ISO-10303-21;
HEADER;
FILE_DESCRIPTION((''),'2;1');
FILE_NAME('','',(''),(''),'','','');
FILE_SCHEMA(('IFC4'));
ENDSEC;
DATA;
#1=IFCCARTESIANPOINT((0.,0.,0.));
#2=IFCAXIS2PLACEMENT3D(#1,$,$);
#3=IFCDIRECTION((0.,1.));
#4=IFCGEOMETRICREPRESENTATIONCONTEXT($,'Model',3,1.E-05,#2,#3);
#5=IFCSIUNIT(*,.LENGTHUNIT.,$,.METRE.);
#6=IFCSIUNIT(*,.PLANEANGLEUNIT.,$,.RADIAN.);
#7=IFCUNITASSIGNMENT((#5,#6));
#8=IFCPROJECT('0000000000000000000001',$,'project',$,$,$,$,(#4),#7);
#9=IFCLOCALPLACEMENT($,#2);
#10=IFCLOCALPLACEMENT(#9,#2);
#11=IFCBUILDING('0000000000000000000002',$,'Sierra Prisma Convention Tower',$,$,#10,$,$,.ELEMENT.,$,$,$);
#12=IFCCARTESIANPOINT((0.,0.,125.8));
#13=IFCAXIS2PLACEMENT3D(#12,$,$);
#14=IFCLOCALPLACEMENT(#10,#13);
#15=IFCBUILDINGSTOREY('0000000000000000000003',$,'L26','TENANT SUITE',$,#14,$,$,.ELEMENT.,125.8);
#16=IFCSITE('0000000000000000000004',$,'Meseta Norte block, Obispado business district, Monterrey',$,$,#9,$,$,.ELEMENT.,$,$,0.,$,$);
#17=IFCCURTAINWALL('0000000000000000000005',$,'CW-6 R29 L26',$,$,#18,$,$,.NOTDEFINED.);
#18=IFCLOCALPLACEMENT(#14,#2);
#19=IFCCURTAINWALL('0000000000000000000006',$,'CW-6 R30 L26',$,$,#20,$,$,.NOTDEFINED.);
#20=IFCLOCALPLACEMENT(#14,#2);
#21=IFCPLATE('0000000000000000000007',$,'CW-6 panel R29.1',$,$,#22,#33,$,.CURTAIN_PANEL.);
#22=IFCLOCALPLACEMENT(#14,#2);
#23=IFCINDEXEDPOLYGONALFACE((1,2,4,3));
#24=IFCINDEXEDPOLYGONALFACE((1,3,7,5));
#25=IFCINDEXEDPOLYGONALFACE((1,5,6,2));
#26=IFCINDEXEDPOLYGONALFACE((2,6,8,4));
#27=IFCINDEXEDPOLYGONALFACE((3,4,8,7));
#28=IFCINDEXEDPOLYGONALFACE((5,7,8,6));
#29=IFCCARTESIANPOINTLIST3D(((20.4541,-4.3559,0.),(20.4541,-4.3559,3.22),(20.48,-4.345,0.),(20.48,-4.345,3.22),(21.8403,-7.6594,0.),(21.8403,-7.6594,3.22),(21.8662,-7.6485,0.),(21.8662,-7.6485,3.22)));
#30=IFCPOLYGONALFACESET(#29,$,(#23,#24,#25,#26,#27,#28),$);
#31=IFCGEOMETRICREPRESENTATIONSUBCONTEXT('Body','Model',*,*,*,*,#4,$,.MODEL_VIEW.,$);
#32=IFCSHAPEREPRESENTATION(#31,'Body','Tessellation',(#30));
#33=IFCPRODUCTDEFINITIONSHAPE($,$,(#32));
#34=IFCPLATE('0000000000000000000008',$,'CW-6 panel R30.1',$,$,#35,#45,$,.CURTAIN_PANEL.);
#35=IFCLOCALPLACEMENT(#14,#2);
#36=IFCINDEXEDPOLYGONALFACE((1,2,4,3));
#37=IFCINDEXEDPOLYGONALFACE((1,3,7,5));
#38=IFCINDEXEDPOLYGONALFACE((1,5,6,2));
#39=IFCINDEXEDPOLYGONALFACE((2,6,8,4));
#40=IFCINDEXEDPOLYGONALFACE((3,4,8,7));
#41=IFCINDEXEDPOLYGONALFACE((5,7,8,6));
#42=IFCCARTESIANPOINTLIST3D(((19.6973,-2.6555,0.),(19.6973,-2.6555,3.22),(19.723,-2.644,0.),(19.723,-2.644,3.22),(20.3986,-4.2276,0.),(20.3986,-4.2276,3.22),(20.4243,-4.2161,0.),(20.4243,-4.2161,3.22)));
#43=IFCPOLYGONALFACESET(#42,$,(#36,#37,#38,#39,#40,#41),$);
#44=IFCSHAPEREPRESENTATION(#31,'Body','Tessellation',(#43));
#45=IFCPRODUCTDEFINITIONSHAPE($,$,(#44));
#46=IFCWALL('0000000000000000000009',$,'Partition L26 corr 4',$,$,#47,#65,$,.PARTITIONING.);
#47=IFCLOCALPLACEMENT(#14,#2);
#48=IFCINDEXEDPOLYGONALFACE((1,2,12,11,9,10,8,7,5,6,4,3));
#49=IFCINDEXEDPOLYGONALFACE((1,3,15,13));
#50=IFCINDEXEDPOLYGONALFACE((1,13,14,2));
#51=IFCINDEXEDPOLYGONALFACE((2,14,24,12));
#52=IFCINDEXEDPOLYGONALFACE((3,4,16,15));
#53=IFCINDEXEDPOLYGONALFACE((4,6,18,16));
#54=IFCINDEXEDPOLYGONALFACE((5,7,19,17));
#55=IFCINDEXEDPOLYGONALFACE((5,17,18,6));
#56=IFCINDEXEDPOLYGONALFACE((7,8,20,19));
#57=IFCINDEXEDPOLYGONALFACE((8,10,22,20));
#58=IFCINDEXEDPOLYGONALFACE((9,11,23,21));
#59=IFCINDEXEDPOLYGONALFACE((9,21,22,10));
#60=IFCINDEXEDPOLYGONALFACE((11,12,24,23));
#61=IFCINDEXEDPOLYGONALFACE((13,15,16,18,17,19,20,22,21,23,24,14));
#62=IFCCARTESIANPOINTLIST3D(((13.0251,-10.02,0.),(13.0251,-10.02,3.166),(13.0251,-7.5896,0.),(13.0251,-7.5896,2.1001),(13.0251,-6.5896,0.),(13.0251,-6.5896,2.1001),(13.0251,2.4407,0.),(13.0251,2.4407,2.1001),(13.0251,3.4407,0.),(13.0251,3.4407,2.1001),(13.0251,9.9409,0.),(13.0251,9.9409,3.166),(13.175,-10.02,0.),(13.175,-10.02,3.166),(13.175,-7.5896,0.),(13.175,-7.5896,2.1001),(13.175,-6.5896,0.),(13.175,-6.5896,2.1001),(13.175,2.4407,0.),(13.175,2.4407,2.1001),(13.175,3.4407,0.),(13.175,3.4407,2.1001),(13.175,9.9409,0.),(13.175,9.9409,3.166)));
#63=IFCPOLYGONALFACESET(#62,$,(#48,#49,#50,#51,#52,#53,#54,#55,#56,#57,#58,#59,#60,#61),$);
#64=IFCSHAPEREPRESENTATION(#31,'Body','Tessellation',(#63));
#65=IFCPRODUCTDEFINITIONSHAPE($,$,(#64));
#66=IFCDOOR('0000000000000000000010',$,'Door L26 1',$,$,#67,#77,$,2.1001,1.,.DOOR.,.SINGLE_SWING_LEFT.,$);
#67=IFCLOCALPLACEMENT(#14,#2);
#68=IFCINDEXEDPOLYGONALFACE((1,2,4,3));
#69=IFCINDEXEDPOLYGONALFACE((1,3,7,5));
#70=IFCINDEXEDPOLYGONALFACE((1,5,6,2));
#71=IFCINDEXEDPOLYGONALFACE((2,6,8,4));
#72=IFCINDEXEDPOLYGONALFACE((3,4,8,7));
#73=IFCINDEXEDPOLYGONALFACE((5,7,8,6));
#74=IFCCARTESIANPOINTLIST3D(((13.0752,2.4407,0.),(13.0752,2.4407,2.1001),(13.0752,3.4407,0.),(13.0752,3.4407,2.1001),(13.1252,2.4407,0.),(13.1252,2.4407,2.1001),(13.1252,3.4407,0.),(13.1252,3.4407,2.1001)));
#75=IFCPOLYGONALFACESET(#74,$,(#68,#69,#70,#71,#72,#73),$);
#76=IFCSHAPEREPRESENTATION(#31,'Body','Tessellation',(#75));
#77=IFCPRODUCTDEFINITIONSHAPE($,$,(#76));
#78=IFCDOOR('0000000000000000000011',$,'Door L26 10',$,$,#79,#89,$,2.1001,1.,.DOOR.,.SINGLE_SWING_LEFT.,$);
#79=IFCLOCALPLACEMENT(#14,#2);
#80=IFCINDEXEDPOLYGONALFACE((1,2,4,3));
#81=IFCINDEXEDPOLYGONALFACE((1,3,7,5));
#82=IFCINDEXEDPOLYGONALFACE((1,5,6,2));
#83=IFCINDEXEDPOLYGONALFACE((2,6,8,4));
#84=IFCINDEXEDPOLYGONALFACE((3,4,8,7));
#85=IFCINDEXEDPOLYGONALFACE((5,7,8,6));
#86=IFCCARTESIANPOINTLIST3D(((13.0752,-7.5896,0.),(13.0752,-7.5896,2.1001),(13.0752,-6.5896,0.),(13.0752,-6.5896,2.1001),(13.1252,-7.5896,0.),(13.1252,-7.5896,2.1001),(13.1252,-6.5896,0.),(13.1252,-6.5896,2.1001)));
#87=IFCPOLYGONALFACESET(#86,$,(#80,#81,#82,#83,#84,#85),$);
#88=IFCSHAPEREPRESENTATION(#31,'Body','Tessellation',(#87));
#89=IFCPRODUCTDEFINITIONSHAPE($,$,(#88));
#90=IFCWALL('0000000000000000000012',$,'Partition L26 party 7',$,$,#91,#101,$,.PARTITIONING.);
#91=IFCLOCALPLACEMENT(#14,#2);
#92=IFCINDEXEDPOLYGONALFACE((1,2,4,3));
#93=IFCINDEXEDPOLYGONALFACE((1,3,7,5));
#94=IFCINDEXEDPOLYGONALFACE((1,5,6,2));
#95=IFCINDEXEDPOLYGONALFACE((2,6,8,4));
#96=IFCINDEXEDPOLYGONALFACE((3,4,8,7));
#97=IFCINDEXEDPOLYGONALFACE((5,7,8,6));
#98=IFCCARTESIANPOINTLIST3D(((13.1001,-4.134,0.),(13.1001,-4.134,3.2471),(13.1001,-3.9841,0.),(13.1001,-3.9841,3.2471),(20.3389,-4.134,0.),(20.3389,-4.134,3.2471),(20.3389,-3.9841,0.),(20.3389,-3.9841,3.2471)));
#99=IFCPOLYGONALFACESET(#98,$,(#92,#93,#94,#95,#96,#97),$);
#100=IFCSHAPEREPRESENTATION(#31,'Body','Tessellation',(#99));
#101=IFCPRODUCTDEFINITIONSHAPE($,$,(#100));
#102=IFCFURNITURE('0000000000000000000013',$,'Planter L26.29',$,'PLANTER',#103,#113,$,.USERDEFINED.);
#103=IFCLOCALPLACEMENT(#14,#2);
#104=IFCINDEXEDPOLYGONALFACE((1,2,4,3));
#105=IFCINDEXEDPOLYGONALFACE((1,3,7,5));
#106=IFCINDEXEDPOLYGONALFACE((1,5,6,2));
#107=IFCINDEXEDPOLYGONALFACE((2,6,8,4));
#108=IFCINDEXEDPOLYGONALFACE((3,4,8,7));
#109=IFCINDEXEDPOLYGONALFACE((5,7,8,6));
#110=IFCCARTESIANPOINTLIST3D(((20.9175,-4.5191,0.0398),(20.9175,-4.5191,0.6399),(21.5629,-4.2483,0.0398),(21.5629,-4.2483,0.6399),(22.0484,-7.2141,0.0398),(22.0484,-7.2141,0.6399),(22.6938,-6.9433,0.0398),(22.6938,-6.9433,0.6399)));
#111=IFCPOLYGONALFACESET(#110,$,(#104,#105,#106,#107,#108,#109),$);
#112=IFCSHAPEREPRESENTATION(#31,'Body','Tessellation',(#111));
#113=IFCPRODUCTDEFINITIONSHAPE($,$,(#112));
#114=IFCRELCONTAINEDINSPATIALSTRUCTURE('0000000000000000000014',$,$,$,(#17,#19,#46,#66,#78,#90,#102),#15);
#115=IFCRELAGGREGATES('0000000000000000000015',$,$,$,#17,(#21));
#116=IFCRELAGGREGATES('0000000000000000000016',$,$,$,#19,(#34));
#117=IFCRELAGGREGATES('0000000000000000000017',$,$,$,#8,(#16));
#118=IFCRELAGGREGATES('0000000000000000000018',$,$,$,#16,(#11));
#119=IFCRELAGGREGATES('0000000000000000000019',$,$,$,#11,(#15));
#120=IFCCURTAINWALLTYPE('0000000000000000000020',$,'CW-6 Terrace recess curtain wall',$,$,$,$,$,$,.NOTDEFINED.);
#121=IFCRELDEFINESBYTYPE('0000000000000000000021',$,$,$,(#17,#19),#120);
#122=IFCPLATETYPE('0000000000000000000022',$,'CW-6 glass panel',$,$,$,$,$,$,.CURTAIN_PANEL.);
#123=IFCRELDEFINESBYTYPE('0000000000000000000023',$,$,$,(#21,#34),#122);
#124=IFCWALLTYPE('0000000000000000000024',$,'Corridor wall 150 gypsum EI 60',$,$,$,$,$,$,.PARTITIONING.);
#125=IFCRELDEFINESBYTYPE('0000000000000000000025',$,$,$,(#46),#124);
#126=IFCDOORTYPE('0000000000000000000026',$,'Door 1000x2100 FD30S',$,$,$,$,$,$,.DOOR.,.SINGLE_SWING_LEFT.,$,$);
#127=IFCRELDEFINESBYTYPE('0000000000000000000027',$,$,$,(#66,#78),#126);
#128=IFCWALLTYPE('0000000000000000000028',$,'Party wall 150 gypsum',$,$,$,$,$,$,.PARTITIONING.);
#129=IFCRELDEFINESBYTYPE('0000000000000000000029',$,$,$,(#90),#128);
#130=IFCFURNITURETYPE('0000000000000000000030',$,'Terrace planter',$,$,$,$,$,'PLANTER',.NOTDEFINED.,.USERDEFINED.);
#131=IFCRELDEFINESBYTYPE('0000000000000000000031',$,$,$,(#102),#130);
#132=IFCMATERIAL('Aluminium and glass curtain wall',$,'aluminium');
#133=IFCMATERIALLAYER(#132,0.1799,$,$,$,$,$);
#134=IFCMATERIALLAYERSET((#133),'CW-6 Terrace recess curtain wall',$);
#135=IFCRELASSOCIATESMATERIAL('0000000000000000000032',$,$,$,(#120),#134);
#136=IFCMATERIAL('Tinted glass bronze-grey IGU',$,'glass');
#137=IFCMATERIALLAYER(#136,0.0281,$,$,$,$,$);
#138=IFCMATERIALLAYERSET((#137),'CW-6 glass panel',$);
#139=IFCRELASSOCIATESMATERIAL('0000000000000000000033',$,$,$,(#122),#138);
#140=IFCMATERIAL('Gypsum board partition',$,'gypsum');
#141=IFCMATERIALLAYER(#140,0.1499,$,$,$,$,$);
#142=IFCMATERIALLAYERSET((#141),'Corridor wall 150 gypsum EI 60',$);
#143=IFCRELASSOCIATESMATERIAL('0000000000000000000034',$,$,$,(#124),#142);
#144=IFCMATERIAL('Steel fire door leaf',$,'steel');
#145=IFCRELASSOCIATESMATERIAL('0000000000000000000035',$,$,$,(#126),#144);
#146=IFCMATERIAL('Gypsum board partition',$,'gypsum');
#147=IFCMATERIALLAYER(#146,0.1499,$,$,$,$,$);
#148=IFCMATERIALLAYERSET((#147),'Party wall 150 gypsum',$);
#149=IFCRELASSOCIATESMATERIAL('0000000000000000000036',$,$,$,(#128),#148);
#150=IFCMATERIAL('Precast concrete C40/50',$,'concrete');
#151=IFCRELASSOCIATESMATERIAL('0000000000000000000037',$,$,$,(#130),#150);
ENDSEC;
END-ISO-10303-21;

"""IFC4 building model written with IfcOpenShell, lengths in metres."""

from ifc_helpers import new_model, si_unit, direction, frame, frame_2d, origin, origin_2d, place, context, subcontext, project, spatial, rectangle, extrude, material, layer, layer_set, type_object, element, fill, aggregate, save


model = new_model("IFC4")

# Units and contexts
model_context = context("Model", 3, precision=1e-05, world=origin(), true_north=direction((0.0, 1.0)))
body_context = subcontext(model_context, "Body", "Model", "MODEL_VIEW")
ifc_project = project(units=[si_unit("LENGTHUNIT", "METRE"), si_unit("PLANEANGLEUNIT", "RADIAN")], contexts=[model_context])

# Site, building, storey
site_placement = place(None, origin())
site = spatial("IfcSite", under=ifc_project, at=site_placement, Name="Meseta Norte block, Obispado business district, Monterrey", CompositionType="ELEMENT", RefElevation=0.0)
building_placement = place(site_placement, origin())
building = spatial("IfcBuilding", under=site, at=building_placement, Name="Sierra Prisma Convention Tower", CompositionType="ELEMENT")
storey_placement = place(building_placement, frame((0.0, 0.0, 125.8)))
storey = spatial("IfcBuildingStorey", under=building, at=storey_placement, Name="L26", Description="TENANT SUITE", CompositionType="ELEMENT", Elevation=125.8)

# Curtain walls
ifc_material_1 = material(Name="Aluminium and glass curtain wall", Category="aluminium")
ifc_layer_1 = layer(ifc_material_1, 0.1799)
ifc_layer_set_1 = layer_set([ifc_layer_1], Name="CW-6 Terrace recess curtain wall")
curtain_wall_type = type_object("IfcCurtainWallType", Name="CW-6 Terrace recess curtain wall", PredefinedType="NOTDEFINED", material=ifc_layer_set_1)
curtain_wall_1_placement = place(storey_placement, origin())
curtain_wall_1 = element("IfcCurtainWall", 1, at=curtain_wall_1_placement, inside=storey, type_object=curtain_wall_type, Name="CW-6 R29 L26", PredefinedType="NOTDEFINED")
curtain_wall_2_placement = place(storey_placement, origin())
curtain_wall_2 = element("IfcCurtainWall", 2, at=curtain_wall_2_placement, inside=storey, type_object=curtain_wall_type, Name="CW-6 R30 L26", PredefinedType="NOTDEFINED")

# Shared definitions
ifc_material_2 = material(Name="Tinted glass bronze-grey IGU", Category="glass")
ifc_layer_2 = layer(ifc_material_2, 0.0281)
ifc_layer_set_2 = layer_set([ifc_layer_2], Name="CW-6 glass panel")
plate_type = type_object("IfcPlateType", Name="CW-6 glass panel", PredefinedType="CURTAIN_PANEL", material=ifc_layer_set_2)

# Plates
plate_1_placement = place(storey_placement, frame((21.1602, -6.0022, 0.0), z_axis=(0.0, 0.0, 1.0), x_axis=(-0.386942, 0.922104, 0.0)))
plate_1 = element("IfcPlate", 3, at=plate_1_placement, type_object=plate_type, Name="CW-6 panel R29.1", PredefinedType="CURTAIN_PANEL", context=body_context, shape_type="SweptSolid", body=[
    extrude(rectangle(XDim=3.5825, YDim=0.0281, at=origin_2d()), origin(), (0.0, 0.0, 1.0), 3.22),
])
aggregate(curtain_wall_1, [plate_1])
plate_2_placement = place(storey_placement, frame((20.0608, -3.4358, 0.0), z_axis=(0.0, 0.0, 1.0), x_axis=(-0.407394, 0.913252, 0.0)))
plate_2 = element("IfcPlate", 4, at=plate_2_placement, type_object=plate_type, Name="CW-6 panel R30.1", PredefinedType="CURTAIN_PANEL", context=body_context, shape_type="SweptSolid", body=[
    extrude(rectangle(XDim=1.7214, YDim=0.0281, at=origin_2d()), origin(), (0.0, 0.0, 1.0), 3.22),
])
aggregate(curtain_wall_2, [plate_2])

# Wall, openings, doors
ifc_material_3 = material(Name="Gypsum board partition", Category="gypsum")
ifc_layer_3 = layer(ifc_material_3, 0.1499)
ifc_layer_set_3 = layer_set([ifc_layer_3], Name="Corridor wall 150 gypsum EI 60")
wall_type_1 = type_object("IfcWallType", Name="Corridor wall 150 gypsum EI 60", PredefinedType="PARTITIONING", material=ifc_layer_set_3)
wall_1_placement = place(storey_placement, frame((13.1001, -10.02, 0.0), z_axis=(0.0, 0.0, 1.0), x_axis=(0.0, 1.0, 0.0)))
wall_1 = element("IfcWall", 5, at=wall_1_placement, inside=storey, type_object=wall_type_1, Name="Partition L26 corr 4", PredefinedType="PARTITIONING", context=body_context, shape_type="SweptSolid", body=[
    extrude(rectangle(XDim=19.9609, YDim=0.1499, at=frame_2d((9.9805, 0.0))), origin(), (0.0, 0.0, 1.0), 3.166),
])
opening_1_placement = place(wall_1_placement, frame((12.4607, 0.0, 0.0)))
opening_1 = element("IfcOpeningElement", 6, at=opening_1_placement, cuts=wall_1, PredefinedType="OPENING", context=body_context, shape_type="SweptSolid", body=[
    extrude(rectangle(XDim=1.0, YDim=2.1001, at=frame_2d((0.5, 1.05))), frame((0.0, 0.075, 0.0), z_axis=(0.0, -1.0, 0.0), x_axis=(1.0, 0.0, 0.0)), (0.0, 0.0, 1.0), 0.1499),
])
opening_2_placement = place(wall_1_placement, frame((2.4304, 0.0, 0.0)))
opening_2 = element("IfcOpeningElement", 7, at=opening_2_placement, cuts=wall_1, PredefinedType="OPENING", context=body_context, shape_type="SweptSolid", body=[
    extrude(rectangle(XDim=1.0, YDim=2.1001, at=frame_2d((0.5, 1.05))), frame((0.0, 0.075, 0.0), z_axis=(0.0, -1.0, 0.0), x_axis=(1.0, 0.0, 0.0)), (0.0, 0.0, 1.0), 0.1499),
])
ifc_material_4 = material(Name="Steel fire door leaf", Category="steel")
door_type_1 = type_object("IfcDoorType", Name="Door 1000x2100 FD30S", OperationType="SINGLE_SWING_LEFT", PredefinedType="DOOR", material=ifc_material_4)
door_1_placement = place(opening_1_placement, origin())
door_1 = element("IfcDoor", 8, at=door_1_placement, inside=storey, type_object=door_type_1, Name="Door L26 1", OperationType="SINGLE_SWING_LEFT", OverallHeight=2.1001, OverallWidth=1.0, PredefinedType="DOOR", context=body_context, shape_type="SweptSolid", body=[
    extrude(rectangle(XDim=1.0, YDim=2.1001, at=frame_2d((0.5, 1.05))), frame((0.0, 0.0249, 0.0), z_axis=(0.0, -1.0, 0.0), x_axis=(1.0, 0.0, 0.0)), (0.0, 0.0, 1.0), 0.05),
])
fill(opening_1, door_1)
door_2_placement = place(opening_2_placement, origin())
door_2 = element("IfcDoor", 9, at=door_2_placement, inside=storey, type_object=door_type_1, Name="Door L26 10", OperationType="SINGLE_SWING_LEFT", OverallHeight=2.1001, OverallWidth=1.0, PredefinedType="DOOR", context=body_context, shape_type="SweptSolid", body=[
    extrude(rectangle(XDim=1.0, YDim=2.1001, at=frame_2d((0.5, 1.05))), frame((0.0, 0.0249, 0.0), z_axis=(0.0, -1.0, 0.0), x_axis=(1.0, 0.0, 0.0)), (0.0, 0.0, 1.0), 0.05),
])
fill(opening_2, door_2)

# Wall
ifc_material_5 = material(Name="Gypsum board partition", Category="gypsum")
ifc_layer_4 = layer(ifc_material_5, 0.1499)
ifc_layer_set_4 = layer_set([ifc_layer_4], Name="Party wall 150 gypsum")
wall_type_2 = type_object("IfcWallType", Name="Party wall 150 gypsum", PredefinedType="PARTITIONING", material=ifc_layer_set_4)
wall_2_placement = place(storey_placement, frame((20.3389, -4.0591, 0.0), z_axis=(0.0, 0.0, 1.0), x_axis=(-1.0, 0.0, 0.0)))
element("IfcWall", 10, at=wall_2_placement, inside=storey, type_object=wall_type_2, Name="Partition L26 party 7", PredefinedType="PARTITIONING", context=body_context, shape_type="SweptSolid", body=[
    extrude(rectangle(XDim=7.2388, YDim=0.1499, at=frame_2d((3.6194, 0.0))), origin(), (0.0, 0.0, 1.0), 3.2471),
])

# Furniture
ifc_material_6 = material(Name="Precast concrete C40/50", Category="concrete")
furniture_type = type_object("IfcFurnitureType", Name="Terrace planter", ElementType="PLANTER", AssemblyPlace="NOTDEFINED", PredefinedType="USERDEFINED", material=ifc_material_6)
furniture_placement = place(storey_placement, frame((21.8057, -5.7312, 0.0398), z_axis=(0.0, 0.0, 1.0), x_axis=(-0.386942, 0.922104, 0.0)))
element("IfcFurniture", 11, at=furniture_placement, inside=storey, type_object=furniture_type, Name="Planter L26.29", ObjectType="PLANTER", PredefinedType="USERDEFINED", context=body_context, shape_type="SweptSolid", body=[
    extrude(rectangle(XDim=2.9226, YDim=0.7, at=origin_2d()), origin(), (0.0, 0.0, 1.0), 0.6001),
])

save(model, "model.ifc")
